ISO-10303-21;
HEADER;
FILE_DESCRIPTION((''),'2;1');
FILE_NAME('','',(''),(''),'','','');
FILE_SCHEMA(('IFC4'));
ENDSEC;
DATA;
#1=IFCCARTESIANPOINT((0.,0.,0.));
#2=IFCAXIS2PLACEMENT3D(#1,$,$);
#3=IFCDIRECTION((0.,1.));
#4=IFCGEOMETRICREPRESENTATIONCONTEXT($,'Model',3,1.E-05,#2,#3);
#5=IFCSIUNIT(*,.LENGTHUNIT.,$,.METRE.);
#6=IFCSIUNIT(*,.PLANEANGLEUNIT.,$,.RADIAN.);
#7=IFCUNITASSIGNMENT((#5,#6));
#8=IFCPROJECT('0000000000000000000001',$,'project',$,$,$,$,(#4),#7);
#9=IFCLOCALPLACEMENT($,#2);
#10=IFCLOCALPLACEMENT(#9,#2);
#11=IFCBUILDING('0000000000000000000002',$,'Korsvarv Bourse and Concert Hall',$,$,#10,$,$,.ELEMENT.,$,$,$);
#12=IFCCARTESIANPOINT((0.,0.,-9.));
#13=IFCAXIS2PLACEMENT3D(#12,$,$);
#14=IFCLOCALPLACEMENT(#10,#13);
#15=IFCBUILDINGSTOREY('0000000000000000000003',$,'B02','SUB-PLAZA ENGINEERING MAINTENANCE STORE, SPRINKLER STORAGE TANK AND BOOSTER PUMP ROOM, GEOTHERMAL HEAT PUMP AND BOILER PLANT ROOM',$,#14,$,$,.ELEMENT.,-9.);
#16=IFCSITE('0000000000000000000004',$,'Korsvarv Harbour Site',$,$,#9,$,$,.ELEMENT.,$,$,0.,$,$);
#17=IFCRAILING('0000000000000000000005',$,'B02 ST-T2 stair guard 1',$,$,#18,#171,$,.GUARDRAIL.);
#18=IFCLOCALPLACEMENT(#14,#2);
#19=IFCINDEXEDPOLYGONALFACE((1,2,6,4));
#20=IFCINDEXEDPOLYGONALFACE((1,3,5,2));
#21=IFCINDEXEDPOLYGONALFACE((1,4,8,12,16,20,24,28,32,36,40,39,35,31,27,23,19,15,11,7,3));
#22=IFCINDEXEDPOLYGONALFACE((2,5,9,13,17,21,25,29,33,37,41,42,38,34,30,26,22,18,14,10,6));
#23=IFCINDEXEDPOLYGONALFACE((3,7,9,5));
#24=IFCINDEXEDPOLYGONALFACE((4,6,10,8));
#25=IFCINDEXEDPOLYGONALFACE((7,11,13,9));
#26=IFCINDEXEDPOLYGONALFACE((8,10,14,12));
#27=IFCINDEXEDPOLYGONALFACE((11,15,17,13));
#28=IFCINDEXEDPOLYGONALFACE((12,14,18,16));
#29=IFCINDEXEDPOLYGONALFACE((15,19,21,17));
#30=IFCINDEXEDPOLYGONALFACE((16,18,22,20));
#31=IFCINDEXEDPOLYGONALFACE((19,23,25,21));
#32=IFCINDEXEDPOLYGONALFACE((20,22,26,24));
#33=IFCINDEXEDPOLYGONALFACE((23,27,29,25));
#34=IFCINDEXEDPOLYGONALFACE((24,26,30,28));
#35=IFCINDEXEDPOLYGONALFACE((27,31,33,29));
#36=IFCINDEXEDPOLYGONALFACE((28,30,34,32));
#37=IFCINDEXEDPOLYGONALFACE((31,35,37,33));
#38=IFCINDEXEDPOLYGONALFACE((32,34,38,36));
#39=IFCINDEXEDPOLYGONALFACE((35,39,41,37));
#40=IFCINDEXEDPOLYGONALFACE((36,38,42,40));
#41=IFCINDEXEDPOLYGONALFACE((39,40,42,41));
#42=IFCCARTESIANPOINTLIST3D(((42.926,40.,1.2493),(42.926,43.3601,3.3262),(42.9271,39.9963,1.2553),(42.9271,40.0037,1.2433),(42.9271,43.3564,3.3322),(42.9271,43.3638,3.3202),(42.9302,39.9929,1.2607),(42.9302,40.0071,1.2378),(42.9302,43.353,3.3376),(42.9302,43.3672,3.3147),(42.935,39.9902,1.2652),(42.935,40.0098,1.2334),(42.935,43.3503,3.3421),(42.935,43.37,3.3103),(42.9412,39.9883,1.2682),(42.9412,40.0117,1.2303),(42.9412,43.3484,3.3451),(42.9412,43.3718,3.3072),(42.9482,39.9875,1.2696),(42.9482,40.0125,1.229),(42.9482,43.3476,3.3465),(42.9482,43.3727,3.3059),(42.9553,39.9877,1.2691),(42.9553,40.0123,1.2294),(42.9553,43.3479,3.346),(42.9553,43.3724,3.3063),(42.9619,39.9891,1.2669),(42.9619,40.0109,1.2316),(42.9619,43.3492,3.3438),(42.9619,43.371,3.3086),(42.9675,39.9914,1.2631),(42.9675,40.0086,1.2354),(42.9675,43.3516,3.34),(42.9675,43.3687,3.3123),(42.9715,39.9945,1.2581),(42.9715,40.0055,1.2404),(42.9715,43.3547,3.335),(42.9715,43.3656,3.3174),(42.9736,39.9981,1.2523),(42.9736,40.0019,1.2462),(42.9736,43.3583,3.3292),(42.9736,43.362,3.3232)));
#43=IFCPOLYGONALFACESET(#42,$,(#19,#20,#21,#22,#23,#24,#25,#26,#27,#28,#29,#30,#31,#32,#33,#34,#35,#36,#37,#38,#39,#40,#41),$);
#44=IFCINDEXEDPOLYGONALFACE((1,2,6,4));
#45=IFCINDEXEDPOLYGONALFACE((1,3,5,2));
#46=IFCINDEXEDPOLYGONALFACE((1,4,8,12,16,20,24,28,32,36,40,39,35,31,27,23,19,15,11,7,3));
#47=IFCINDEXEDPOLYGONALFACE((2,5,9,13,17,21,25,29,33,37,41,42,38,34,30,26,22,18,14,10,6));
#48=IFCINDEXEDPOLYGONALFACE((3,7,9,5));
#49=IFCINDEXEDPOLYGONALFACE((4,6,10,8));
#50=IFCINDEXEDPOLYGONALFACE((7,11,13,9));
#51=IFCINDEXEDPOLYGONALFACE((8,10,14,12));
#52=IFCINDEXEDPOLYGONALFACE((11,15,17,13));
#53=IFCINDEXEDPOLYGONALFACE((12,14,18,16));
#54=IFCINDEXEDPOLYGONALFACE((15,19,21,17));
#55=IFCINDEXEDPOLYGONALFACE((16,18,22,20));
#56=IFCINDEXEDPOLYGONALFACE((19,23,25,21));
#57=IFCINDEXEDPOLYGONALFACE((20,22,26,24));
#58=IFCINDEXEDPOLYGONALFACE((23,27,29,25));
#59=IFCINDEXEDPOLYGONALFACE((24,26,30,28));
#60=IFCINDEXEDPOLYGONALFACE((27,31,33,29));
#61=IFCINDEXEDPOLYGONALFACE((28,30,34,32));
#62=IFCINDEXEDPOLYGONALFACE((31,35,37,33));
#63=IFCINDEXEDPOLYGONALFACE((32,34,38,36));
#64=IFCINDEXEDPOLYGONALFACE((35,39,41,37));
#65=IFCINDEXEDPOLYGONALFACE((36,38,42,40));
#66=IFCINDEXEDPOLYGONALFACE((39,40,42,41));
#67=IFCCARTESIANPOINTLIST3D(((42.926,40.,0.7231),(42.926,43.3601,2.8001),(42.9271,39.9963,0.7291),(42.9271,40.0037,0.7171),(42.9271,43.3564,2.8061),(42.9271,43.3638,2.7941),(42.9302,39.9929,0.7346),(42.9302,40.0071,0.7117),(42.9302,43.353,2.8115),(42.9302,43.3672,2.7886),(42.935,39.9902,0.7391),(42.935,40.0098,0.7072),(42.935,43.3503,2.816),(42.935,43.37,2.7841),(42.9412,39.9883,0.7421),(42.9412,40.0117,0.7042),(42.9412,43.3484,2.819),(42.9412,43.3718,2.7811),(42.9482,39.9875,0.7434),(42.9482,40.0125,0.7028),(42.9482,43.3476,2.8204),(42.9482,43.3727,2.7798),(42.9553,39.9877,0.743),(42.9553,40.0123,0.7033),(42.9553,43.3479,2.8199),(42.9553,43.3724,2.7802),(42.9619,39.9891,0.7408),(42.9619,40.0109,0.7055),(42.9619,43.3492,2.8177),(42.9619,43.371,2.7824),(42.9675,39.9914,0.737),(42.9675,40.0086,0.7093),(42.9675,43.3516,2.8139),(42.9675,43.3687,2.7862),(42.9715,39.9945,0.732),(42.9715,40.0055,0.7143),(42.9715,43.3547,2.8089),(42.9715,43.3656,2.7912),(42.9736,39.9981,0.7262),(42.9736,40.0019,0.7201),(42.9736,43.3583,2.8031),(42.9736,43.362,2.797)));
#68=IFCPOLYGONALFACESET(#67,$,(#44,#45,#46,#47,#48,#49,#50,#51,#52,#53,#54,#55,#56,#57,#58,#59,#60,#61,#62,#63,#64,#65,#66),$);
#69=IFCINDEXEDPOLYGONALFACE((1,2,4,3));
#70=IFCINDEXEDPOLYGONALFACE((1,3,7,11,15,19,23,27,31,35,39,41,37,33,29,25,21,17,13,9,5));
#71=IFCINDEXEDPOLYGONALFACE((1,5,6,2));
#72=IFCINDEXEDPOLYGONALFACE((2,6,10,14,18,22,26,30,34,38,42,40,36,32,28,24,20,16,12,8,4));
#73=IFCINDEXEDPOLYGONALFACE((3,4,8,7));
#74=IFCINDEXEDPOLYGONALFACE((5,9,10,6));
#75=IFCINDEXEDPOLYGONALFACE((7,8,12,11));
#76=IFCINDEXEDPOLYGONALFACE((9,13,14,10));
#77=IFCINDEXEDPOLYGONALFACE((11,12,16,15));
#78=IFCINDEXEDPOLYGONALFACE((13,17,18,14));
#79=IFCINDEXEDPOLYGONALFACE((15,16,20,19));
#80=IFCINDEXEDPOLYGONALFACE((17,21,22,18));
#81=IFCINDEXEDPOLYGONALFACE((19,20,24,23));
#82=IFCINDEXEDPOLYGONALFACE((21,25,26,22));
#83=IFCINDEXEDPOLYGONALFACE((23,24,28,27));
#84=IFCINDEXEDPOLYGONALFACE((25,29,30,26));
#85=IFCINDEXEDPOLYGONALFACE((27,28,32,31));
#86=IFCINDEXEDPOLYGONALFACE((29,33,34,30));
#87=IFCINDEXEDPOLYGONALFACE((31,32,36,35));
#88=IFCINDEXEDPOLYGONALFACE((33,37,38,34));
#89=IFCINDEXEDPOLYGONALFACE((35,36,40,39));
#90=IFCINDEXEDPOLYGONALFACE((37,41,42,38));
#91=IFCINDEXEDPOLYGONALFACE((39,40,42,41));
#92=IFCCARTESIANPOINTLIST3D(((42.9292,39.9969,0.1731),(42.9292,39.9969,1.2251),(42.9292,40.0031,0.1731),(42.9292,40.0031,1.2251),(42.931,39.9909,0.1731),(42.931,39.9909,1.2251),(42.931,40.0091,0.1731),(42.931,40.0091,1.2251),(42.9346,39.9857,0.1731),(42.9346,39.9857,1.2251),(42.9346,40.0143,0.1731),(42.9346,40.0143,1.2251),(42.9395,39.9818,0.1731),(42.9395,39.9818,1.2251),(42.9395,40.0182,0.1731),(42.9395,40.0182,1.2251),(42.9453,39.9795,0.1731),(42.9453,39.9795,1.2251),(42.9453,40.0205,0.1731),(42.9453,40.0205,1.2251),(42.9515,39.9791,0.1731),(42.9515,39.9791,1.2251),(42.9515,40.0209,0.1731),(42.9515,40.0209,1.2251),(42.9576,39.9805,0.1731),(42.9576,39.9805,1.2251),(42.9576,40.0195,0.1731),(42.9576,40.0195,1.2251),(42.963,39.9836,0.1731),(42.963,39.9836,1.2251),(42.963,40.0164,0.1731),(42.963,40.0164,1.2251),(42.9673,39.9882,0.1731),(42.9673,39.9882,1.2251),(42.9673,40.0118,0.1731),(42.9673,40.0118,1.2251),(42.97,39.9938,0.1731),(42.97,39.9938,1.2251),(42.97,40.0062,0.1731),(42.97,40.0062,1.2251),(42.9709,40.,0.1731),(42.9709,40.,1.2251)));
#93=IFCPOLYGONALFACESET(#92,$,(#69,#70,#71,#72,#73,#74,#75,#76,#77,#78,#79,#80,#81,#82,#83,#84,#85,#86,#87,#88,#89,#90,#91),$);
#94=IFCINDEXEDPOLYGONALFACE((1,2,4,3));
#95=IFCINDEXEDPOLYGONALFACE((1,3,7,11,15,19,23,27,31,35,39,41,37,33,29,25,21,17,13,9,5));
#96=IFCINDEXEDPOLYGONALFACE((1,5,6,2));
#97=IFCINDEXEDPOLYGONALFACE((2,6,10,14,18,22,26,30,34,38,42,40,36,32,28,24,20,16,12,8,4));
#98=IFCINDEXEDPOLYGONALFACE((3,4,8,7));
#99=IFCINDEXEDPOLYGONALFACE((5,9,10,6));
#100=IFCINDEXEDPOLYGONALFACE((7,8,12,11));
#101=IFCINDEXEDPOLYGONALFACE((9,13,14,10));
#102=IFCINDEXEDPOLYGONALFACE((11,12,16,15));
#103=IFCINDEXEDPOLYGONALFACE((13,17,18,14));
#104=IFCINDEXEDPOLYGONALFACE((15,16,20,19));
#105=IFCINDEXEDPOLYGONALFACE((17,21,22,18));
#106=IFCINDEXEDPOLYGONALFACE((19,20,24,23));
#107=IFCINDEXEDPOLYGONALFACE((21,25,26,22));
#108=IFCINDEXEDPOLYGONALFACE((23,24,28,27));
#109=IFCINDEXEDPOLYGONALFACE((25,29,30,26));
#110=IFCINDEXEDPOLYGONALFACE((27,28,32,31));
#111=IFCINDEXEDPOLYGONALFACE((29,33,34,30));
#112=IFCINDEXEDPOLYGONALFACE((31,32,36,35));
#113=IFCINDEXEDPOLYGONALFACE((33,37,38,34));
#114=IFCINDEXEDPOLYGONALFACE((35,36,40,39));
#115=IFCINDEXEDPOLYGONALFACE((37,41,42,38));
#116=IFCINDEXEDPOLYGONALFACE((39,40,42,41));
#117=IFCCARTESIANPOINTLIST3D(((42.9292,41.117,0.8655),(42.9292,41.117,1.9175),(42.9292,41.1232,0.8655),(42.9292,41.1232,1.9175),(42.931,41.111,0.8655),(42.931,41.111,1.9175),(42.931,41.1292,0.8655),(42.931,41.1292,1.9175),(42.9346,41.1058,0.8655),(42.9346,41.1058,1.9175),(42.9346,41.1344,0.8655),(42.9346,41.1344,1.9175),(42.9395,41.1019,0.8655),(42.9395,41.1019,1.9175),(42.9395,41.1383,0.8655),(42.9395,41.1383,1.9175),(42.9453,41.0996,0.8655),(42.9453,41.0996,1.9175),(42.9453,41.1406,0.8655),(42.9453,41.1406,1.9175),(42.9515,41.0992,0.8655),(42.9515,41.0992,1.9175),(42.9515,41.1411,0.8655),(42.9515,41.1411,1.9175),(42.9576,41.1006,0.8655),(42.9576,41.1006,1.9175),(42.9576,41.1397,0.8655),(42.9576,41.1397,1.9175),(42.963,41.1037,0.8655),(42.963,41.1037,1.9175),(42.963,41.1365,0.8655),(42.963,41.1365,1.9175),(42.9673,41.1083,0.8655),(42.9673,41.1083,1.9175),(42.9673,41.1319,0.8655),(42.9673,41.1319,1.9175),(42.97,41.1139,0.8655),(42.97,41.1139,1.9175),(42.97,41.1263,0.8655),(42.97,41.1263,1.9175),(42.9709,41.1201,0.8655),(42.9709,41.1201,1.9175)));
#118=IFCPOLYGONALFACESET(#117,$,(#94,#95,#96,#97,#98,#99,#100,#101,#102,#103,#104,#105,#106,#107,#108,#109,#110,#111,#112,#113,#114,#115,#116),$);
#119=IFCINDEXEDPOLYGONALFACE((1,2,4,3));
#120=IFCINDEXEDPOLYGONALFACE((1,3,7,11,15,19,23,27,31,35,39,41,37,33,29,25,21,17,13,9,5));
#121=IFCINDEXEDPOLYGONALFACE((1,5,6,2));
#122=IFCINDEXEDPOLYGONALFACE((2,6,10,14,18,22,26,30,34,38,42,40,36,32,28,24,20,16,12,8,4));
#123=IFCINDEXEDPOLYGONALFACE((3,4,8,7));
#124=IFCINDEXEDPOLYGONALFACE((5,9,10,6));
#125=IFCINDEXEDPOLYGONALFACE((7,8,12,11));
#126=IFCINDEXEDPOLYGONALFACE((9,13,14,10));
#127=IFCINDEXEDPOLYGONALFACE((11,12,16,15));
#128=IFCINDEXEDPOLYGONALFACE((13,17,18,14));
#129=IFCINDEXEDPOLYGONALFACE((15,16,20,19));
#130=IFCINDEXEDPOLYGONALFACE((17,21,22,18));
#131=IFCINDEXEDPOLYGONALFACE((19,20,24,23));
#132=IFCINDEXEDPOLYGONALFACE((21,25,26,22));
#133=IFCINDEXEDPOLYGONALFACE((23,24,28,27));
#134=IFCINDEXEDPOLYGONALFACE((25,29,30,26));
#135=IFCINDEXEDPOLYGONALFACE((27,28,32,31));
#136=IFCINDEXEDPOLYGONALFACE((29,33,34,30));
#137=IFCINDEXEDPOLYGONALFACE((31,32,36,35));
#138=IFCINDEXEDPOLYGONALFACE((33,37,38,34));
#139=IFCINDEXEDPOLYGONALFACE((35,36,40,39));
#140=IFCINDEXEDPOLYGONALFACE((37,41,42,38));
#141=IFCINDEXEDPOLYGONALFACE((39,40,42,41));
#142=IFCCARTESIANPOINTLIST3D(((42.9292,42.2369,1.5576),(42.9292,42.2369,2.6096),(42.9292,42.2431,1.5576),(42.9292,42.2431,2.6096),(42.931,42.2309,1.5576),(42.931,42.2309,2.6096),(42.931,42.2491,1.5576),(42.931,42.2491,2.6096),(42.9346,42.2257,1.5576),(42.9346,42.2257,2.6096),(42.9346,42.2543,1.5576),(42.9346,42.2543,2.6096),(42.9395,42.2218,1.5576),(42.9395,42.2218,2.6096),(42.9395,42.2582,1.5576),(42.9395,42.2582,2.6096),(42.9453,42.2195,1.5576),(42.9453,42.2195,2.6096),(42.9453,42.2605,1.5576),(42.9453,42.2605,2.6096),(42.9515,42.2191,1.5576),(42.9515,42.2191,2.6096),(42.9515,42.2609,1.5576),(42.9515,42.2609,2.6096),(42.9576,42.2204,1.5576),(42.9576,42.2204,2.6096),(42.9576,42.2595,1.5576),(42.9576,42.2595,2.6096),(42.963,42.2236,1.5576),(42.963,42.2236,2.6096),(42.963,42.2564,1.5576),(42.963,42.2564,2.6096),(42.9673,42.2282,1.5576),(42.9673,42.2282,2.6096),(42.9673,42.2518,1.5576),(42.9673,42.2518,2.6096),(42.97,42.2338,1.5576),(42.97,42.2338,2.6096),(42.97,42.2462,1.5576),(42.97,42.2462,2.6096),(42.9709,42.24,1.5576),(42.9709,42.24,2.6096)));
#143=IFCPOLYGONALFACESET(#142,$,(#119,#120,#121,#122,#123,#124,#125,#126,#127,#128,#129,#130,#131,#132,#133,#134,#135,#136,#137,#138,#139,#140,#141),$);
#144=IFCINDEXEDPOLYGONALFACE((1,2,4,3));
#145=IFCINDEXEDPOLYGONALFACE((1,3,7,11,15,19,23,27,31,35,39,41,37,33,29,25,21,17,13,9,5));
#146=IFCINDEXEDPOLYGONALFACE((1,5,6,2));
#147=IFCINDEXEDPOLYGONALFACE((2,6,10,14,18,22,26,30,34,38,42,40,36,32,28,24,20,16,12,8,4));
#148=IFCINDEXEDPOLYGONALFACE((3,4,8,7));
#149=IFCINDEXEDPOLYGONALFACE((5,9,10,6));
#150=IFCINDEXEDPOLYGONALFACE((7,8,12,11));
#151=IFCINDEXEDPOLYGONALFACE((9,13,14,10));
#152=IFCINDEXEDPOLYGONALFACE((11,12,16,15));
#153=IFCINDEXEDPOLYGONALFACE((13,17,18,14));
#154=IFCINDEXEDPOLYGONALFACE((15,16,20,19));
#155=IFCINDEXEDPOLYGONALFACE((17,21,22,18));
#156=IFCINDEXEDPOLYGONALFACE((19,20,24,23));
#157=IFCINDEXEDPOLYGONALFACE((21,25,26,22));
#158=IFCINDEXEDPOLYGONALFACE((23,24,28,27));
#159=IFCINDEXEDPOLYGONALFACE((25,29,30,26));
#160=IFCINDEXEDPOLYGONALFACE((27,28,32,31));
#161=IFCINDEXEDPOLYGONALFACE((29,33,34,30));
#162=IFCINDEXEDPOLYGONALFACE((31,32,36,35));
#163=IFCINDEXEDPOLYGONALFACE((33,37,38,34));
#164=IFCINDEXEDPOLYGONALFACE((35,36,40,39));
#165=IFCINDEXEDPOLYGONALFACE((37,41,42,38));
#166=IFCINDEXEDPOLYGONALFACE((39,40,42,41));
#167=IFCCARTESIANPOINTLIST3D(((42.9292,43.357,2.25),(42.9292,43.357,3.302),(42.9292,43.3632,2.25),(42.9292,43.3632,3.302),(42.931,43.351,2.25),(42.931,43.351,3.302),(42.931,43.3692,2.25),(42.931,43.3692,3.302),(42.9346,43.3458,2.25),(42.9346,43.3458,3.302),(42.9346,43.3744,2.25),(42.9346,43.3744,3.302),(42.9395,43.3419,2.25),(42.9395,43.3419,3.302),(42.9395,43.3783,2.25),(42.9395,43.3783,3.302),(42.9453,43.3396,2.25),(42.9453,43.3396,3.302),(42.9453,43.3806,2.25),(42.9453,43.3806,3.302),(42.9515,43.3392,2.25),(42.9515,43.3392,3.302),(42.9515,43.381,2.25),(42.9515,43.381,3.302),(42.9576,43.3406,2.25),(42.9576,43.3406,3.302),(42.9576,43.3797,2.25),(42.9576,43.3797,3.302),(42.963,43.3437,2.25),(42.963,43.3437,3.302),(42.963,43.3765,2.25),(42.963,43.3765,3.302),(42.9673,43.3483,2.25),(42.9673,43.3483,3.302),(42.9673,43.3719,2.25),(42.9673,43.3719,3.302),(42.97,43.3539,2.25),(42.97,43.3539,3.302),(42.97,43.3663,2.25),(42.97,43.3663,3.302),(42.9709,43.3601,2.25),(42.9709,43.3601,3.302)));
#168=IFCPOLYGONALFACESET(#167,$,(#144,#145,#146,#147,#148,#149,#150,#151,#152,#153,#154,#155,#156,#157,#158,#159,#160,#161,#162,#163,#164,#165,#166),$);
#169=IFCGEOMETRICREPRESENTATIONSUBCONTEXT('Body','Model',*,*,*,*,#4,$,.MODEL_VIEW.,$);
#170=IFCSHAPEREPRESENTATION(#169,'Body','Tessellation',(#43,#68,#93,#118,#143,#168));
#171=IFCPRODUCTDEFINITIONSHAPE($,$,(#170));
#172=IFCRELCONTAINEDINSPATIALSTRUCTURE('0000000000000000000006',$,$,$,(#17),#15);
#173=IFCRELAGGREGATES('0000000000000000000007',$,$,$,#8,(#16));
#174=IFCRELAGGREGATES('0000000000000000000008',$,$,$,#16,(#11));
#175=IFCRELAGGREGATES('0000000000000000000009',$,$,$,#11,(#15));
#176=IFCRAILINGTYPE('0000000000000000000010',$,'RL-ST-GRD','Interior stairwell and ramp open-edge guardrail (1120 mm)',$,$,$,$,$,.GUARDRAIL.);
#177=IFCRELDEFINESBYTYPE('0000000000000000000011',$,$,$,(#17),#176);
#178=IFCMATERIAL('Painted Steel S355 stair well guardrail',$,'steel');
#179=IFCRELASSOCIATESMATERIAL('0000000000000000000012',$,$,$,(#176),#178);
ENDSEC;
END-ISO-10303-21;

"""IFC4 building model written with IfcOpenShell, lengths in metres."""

from ifc_helpers import new_model, si_unit, direction, frame, origin, origin_2d, place, context, subcontext, project, spatial, circle, extrude, material, type_object, element, save


model = new_model("IFC4")

# Units and contexts
model_context = context("Model", 3, precision=1e-05, world=origin(), true_north=direction((0.0, 1.0)))
body_context = subcontext(model_context, "Body", "Model", "MODEL_VIEW")
ifc_project = project(units=[si_unit("LENGTHUNIT", "METRE"), si_unit("PLANEANGLEUNIT", "RADIAN")], contexts=[model_context])

# Site, building, storey
site_placement = place(None, origin())
site = spatial("IfcSite", under=ifc_project, at=site_placement, Name="Korsvarv Harbour Site", CompositionType="ELEMENT", RefElevation=0.0)
building_placement = place(site_placement, origin())
building = spatial("IfcBuilding", under=site, at=building_placement, Name="Korsvarv Bourse and Concert Hall", CompositionType="ELEMENT")
storey_placement = place(building_placement, frame((0.0, 0.0, -9.0)))
storey = spatial("IfcBuildingStorey", under=building, at=storey_placement, Name="B02", Description="SUB-PLAZA ENGINEERING MAINTENANCE STORE, SPRINKLER STORAGE TANK AND BOOSTER PUMP ROOM, GEOTHERMAL HEAT PUMP AND BOILER PLANT ROOM", CompositionType="ELEMENT", Elevation=-9.0)

# Railing
ifc_material_1 = material(Name="Painted Steel S355 stair well guardrail", Category="steel")
railing_type_1 = type_object("IfcRailingType", Name="RL-ST-GRD", Description="Interior stairwell and ramp open-edge guardrail (1120 mm)", PredefinedType="GUARDRAIL", material=ifc_material_1)
railing_1_placement = place(storey_placement, frame((42.95, 40.0, 0.1731)))
element("IfcRailing", 1, at=railing_1_placement, inside=storey, type_object=railing_type_1, Name="B02 ST-T2 stair guard 1", PredefinedType="GUARDRAIL", context=body_context, shape_type="SweptSolid", body=[
    extrude(circle(Radius=0.0239, at=origin_2d()), frame((0.0, 0.0, 1.0762), z_axis=(0.0, 0.850623, 0.525776), x_axis=(-1.0, 0.0, 0.0)), (0.0, 0.0, 1.0), 3.9502),
    extrude(circle(Radius=0.0239, at=origin_2d()), frame((0.0, 0.0, 0.55), z_axis=(0.0, 0.850623, 0.525776), x_axis=(-1.0, 0.0, 0.0)), (0.0, 0.0, 1.0), 3.9502),
    extrude(circle(Radius=0.021, at=origin_2d()), origin(), (0.0, 0.0, 1.0), 1.052),
    extrude(circle(Radius=0.021, at=origin_2d()), frame((0.0, 1.1201, 0.6924)), (0.0, 0.0, 1.0), 1.052),
    extrude(circle(Radius=0.021, at=origin_2d()), frame((0.0, 2.24, 1.3845)), (0.0, 0.0, 1.0), 1.052),
    extrude(circle(Radius=0.021, at=origin_2d()), frame((0.0, 3.3601, 2.0769)), (0.0, 0.0, 1.0), 1.052),
])

save(model, "model.ifc")
